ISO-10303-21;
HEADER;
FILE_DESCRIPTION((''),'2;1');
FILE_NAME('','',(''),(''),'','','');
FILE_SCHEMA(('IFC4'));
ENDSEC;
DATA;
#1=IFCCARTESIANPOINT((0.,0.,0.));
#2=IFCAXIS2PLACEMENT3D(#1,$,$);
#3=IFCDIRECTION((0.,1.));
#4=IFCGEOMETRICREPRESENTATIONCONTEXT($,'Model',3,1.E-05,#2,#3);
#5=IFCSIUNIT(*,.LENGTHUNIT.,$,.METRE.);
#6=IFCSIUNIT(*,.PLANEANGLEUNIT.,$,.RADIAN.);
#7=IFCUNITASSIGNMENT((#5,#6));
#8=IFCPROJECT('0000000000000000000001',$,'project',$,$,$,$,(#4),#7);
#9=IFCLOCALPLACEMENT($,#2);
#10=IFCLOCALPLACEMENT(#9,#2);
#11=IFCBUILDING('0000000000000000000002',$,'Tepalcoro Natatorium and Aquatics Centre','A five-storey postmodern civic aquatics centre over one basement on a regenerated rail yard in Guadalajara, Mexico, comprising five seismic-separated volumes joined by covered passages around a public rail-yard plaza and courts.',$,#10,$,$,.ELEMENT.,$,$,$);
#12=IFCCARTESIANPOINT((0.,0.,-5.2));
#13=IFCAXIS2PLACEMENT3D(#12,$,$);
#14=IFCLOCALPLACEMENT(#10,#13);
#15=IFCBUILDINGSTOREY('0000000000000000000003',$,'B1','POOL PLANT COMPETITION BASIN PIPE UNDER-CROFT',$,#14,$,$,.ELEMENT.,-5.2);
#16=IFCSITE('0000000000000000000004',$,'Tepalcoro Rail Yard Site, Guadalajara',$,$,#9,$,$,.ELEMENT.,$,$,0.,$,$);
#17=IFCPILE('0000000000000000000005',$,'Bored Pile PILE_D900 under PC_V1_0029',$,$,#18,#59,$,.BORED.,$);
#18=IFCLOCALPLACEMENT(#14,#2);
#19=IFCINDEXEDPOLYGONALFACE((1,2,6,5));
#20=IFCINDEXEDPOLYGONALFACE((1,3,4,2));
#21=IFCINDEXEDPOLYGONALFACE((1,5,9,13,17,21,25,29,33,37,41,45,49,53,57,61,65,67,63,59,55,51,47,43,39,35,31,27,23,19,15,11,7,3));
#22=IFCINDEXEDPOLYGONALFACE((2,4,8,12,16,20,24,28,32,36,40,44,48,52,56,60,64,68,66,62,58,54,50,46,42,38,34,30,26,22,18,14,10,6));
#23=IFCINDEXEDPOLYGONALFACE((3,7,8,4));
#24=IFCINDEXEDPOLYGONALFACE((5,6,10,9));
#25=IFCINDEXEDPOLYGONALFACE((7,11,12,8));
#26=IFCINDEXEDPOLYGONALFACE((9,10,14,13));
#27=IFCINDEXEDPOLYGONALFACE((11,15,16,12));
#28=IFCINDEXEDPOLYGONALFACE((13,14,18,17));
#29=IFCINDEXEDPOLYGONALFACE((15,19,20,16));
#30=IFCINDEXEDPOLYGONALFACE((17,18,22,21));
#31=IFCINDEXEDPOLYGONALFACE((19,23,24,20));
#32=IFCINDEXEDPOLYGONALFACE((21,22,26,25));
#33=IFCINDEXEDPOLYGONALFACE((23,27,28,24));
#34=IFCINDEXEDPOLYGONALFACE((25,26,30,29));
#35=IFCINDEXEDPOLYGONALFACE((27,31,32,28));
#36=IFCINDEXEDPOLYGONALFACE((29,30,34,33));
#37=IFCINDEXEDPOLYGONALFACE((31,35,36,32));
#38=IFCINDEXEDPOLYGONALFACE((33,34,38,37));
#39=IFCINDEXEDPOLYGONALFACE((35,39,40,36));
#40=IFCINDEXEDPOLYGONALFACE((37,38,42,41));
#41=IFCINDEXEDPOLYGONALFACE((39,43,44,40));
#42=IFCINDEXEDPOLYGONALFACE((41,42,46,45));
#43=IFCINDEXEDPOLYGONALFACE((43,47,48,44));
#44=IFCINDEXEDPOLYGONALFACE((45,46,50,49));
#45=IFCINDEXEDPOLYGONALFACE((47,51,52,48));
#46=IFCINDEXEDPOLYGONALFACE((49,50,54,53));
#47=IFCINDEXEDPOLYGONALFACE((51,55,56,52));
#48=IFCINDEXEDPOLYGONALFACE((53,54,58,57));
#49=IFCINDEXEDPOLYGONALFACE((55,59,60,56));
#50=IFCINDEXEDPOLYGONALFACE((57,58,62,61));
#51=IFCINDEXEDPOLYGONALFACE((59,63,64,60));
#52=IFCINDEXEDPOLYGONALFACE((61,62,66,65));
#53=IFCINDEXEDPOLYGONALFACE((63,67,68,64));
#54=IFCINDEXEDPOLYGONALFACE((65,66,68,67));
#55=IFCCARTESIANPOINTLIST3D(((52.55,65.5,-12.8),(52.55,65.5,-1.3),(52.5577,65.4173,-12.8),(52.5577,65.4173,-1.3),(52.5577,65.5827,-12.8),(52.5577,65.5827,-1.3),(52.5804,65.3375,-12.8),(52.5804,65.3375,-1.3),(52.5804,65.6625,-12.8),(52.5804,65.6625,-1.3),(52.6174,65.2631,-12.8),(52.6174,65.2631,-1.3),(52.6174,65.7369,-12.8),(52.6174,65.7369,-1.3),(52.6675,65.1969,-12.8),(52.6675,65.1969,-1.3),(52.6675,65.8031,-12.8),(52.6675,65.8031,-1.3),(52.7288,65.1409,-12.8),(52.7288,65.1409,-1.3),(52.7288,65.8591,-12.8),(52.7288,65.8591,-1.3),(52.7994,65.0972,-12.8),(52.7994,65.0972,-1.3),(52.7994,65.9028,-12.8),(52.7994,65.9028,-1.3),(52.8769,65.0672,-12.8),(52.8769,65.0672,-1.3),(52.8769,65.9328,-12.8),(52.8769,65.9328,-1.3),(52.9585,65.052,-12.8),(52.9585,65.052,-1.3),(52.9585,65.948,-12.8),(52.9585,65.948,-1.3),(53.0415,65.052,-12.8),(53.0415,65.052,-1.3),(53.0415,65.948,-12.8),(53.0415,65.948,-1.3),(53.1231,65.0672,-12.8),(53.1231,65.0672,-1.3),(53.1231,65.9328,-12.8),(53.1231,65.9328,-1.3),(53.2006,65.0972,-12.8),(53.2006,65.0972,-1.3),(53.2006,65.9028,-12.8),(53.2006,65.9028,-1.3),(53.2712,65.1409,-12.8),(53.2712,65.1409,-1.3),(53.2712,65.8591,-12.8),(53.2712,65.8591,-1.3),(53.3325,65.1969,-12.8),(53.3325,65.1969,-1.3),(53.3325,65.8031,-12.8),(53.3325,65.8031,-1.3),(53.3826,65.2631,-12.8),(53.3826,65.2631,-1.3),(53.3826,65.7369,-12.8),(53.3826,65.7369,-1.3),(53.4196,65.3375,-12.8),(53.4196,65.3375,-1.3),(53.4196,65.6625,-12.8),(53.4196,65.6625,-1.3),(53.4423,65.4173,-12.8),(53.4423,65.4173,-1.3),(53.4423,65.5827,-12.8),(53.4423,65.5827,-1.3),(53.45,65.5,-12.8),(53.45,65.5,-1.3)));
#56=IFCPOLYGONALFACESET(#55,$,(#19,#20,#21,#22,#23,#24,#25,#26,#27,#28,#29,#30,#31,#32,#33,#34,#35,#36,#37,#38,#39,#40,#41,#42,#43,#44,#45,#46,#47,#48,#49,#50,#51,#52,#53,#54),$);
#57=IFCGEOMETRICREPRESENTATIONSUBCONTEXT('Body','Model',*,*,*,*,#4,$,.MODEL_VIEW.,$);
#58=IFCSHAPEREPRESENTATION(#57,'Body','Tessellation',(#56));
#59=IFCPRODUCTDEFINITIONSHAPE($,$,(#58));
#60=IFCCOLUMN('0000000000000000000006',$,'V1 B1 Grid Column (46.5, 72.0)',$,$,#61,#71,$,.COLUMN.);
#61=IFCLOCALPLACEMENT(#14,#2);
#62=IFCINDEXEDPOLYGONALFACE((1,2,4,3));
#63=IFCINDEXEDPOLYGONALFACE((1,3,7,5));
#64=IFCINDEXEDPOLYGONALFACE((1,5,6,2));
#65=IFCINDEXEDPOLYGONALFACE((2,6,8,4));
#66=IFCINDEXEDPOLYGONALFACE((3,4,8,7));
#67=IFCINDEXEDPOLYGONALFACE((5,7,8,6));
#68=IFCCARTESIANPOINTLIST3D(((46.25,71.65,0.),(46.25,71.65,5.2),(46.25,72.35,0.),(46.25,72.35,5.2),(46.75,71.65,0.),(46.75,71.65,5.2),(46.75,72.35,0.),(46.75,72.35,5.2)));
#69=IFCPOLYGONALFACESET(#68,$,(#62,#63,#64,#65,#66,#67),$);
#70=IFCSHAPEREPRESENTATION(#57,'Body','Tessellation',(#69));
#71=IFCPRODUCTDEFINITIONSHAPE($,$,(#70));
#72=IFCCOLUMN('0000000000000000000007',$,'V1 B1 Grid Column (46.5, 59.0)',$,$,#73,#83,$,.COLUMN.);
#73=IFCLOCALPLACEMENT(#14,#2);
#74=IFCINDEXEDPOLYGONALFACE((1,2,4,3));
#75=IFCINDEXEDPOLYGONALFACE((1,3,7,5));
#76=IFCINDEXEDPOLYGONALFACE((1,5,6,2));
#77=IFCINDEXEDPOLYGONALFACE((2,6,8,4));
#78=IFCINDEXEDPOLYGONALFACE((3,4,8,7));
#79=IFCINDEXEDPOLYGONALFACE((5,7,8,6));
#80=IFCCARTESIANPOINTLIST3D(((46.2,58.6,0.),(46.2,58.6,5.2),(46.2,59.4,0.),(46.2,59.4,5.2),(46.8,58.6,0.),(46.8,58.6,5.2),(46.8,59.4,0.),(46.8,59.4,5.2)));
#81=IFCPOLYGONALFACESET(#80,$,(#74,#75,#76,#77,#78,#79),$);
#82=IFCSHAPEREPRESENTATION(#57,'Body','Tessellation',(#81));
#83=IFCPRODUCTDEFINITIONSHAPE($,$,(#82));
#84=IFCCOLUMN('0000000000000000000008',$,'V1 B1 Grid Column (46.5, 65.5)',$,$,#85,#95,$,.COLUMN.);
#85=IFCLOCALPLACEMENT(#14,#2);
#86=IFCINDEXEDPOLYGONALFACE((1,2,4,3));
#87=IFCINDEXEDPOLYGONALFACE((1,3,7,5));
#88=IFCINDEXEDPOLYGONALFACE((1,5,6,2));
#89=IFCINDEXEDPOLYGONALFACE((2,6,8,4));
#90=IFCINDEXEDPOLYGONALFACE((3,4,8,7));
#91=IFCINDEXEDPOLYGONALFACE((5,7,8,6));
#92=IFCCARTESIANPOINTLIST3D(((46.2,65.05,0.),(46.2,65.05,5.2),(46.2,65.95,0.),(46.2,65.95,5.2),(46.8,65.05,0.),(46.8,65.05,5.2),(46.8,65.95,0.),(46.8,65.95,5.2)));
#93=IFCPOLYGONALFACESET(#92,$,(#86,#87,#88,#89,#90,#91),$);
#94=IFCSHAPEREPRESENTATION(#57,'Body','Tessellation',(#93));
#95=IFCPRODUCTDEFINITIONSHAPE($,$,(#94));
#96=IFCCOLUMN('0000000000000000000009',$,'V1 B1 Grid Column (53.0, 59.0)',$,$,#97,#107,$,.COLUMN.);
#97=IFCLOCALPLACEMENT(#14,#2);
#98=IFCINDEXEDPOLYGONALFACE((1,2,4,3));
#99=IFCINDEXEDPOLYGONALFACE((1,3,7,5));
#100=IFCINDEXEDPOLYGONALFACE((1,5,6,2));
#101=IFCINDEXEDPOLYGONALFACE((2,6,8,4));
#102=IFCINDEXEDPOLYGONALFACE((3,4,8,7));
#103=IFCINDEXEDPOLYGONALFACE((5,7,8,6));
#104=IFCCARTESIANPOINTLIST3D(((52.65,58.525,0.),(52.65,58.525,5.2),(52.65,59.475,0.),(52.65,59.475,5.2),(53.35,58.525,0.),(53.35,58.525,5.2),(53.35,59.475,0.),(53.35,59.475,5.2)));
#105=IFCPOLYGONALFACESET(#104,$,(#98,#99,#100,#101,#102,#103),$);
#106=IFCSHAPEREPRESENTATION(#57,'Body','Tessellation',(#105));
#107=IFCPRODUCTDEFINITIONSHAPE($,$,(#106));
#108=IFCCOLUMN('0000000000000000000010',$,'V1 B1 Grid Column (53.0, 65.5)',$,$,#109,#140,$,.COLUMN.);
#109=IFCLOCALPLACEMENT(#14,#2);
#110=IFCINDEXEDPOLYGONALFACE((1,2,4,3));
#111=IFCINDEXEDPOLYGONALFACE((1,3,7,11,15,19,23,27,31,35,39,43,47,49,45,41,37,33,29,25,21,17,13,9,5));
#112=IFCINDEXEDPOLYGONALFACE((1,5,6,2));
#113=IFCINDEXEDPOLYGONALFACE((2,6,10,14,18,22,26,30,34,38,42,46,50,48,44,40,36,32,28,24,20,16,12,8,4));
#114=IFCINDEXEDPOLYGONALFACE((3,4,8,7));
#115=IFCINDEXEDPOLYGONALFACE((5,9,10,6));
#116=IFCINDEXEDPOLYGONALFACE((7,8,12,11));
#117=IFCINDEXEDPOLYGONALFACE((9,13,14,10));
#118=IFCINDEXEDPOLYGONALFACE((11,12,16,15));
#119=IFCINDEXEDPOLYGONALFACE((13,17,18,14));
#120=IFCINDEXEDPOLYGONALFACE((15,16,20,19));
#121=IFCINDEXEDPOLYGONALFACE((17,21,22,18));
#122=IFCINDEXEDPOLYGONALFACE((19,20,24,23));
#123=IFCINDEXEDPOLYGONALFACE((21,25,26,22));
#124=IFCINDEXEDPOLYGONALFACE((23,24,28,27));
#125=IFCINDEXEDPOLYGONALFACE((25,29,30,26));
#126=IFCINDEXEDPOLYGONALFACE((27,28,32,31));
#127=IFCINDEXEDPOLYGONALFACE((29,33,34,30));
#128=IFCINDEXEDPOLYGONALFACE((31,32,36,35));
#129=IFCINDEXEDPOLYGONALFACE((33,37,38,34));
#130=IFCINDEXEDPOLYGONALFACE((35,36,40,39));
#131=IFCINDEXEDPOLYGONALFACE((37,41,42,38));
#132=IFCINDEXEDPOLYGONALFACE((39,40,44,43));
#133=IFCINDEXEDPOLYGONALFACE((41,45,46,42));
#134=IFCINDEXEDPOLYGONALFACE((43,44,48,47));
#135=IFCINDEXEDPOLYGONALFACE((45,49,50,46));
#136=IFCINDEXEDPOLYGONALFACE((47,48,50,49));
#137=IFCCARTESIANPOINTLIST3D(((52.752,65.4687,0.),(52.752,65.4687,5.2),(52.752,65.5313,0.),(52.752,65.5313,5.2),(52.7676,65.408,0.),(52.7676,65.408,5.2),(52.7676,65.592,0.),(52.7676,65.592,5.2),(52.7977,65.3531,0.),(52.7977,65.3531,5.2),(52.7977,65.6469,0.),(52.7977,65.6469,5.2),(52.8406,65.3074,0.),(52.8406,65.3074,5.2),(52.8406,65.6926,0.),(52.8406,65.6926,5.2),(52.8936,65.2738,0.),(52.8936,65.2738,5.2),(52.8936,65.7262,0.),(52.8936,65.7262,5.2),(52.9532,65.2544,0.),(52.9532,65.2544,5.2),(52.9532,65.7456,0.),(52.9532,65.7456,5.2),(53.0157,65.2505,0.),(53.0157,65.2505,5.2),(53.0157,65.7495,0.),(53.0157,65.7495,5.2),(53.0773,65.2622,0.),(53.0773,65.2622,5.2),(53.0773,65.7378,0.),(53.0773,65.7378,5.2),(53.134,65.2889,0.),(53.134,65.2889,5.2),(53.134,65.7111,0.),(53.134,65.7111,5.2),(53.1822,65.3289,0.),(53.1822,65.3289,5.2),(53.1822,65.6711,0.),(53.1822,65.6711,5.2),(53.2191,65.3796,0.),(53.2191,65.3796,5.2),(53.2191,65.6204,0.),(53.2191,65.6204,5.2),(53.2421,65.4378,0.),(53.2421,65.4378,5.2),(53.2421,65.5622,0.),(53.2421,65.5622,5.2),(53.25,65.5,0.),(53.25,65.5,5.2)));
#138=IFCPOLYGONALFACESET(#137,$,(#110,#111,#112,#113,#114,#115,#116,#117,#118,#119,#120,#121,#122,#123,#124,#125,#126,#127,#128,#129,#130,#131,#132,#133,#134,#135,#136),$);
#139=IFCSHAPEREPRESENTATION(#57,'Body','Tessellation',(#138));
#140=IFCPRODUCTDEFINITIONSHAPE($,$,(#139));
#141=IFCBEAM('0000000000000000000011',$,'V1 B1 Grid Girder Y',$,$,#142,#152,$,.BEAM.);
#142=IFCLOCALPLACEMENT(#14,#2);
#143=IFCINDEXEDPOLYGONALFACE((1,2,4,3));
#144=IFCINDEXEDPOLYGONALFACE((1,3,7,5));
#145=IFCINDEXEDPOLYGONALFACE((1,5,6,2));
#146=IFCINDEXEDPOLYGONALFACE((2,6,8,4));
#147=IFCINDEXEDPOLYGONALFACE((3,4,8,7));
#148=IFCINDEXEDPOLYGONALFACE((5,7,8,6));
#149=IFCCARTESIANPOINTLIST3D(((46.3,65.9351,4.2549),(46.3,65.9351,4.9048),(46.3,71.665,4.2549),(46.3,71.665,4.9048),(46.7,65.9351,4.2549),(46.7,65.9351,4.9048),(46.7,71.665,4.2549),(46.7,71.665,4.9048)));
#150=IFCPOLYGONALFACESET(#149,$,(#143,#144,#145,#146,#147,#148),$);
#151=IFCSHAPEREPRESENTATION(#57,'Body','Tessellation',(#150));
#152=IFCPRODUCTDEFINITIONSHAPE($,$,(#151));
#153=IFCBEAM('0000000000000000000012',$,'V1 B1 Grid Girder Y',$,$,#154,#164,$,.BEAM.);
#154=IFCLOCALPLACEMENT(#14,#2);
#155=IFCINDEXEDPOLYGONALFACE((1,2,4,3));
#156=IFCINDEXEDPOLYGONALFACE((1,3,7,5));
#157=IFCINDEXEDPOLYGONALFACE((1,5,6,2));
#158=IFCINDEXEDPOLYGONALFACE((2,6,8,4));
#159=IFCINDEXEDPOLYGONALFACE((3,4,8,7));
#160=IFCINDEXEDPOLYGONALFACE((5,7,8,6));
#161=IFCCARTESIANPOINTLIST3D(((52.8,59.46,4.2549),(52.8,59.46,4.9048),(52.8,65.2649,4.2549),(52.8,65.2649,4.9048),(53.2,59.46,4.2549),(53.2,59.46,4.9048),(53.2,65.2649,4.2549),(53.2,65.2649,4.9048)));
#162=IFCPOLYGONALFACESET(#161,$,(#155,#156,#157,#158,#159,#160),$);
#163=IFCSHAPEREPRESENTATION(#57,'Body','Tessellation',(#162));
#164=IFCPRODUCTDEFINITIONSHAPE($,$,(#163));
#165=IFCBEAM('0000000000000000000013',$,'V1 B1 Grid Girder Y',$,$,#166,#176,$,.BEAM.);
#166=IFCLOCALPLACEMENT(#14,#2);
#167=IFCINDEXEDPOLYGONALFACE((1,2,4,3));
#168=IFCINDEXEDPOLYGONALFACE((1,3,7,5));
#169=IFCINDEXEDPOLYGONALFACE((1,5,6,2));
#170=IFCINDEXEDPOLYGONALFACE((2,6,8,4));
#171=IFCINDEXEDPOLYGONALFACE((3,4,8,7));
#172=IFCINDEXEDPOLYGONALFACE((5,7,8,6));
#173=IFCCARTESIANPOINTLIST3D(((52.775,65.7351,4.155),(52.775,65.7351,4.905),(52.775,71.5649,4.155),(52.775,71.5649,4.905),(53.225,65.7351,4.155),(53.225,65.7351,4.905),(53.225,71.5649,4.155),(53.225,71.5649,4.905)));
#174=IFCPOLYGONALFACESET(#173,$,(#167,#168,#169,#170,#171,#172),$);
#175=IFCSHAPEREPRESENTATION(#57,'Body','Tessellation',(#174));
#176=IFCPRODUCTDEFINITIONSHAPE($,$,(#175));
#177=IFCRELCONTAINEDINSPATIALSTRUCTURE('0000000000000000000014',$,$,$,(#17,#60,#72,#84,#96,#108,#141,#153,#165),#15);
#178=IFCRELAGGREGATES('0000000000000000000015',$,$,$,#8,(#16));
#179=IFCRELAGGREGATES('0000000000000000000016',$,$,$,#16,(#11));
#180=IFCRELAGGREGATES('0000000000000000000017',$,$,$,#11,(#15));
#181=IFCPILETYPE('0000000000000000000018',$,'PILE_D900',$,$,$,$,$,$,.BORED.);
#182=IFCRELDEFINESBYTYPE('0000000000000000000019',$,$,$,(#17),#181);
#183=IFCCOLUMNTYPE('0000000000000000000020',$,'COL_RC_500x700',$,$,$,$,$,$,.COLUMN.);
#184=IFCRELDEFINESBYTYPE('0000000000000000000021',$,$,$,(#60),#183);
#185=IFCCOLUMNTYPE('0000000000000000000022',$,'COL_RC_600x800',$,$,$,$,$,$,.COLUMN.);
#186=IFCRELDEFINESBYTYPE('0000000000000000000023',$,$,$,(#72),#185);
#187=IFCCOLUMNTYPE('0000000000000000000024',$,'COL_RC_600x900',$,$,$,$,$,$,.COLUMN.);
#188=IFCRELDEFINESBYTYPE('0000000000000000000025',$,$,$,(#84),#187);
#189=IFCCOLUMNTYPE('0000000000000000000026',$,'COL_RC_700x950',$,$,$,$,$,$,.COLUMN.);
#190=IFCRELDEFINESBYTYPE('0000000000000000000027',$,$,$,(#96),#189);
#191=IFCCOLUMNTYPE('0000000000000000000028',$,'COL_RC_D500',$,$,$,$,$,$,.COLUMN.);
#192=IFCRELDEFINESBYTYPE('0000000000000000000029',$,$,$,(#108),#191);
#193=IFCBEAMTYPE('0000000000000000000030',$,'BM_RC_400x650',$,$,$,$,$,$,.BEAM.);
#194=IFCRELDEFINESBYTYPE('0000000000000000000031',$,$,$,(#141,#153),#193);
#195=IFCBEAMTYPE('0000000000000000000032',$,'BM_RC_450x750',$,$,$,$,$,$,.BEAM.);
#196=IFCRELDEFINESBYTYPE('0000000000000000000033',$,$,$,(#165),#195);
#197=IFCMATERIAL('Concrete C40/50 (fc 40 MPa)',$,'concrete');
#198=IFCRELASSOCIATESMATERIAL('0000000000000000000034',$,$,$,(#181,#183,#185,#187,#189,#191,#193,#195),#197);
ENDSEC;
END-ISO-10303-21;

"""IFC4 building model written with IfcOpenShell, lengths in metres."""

from ifc_helpers import new_model, si_unit, direction, frame, origin, origin_2d, place, context, subcontext, project, spatial, rectangle, circle, extrude, material, material_profile, profile_set, type_object, element, save


model = new_model("IFC4")

# Units and contexts
model_context = context("Model", 3, precision=1e-05, world=origin(), true_north=direction((0.0, 1.0)))
body_context = subcontext(model_context, "Body", "Model", "MODEL_VIEW")
ifc_project = project(units=[si_unit("LENGTHUNIT", "METRE"), si_unit("PLANEANGLEUNIT", "RADIAN")], contexts=[model_context])

# Site, building, storey
site_placement = place(None, origin())
site = spatial("IfcSite", under=ifc_project, at=site_placement, Name="Tepalcoro Rail Yard Site, Guadalajara", CompositionType="ELEMENT", RefElevation=0.0)
building_placement = place(site_placement, origin())
building = spatial("IfcBuilding", under=site, at=building_placement, Name="Tepalcoro Natatorium and Aquatics Centre", Description="A five-storey postmodern civic aquatics centre over one basement on a regenerated rail yard in Guadalajara, Mexico, comprising five seismic-separated volumes joined by covered passages around a public rail-yard plaza and courts.", CompositionType="ELEMENT")
storey_placement = place(building_placement, frame((0.0, 0.0, -5.2)))
storey = spatial("IfcBuildingStorey", under=building, at=storey_placement, Name="B1", Description="POOL PLANT COMPETITION BASIN PIPE UNDER-CROFT", CompositionType="ELEMENT", Elevation=-5.2)

# Pile
ifc_material_1 = material(Name="Concrete C40/50 (fc 40 MPa)", Category="concrete")
ifc_material_profile_1 = material_profile(ifc_material_1, circle(Radius=0.45, at=origin_2d()), Name="PILE_D900")
ifc_profile_set_1 = profile_set([ifc_material_profile_1], Name="Concrete C40/50 (fc 40 MPa)")
pile_type_1 = type_object("IfcPileType", Name="PILE_D900", PredefinedType="BORED", material=ifc_profile_set_1)
pile_1_placement = place(storey_placement, frame((53.0, 65.5, -1.3), z_axis=(0.0, 0.0, -1.0), x_axis=(1.0, 0.0, 0.0)))
element("IfcPile", 1, at=pile_1_placement, inside=storey, type_object=pile_type_1, Name="Bored Pile PILE_D900 under PC_V1_0029", PredefinedType="BORED", context=body_context, shape_type="SweptSolid", body=[
    extrude(circle(Radius=0.45, at=origin_2d()), origin(), (0.0, 0.0, 1.0), 11.5),
])

# Columns
ifc_material_profile_2 = material_profile(ifc_material_1, rectangle(XDim=0.5, YDim=0.7, at=origin_2d()), Name="RC500x700")
ifc_profile_set_2 = profile_set([ifc_material_profile_2], Name="Concrete C40/50 (fc 40 MPa)")
column_type_1 = type_object("IfcColumnType", Name="COL_RC_500x700", PredefinedType="COLUMN", material=ifc_profile_set_2)
column_1_placement = place(storey_placement, frame((46.5, 72.0, 0.0), z_axis=(0.0, 0.0, 1.0), x_axis=(1.0, 0.0, 0.0)))
element("IfcColumn", 2, at=column_1_placement, inside=storey, type_object=column_type_1, Name="V1 B1 Grid Column (46.5, 72.0)", PredefinedType="COLUMN", context=body_context, shape_type="SweptSolid", body=[
    extrude(rectangle(XDim=0.5, YDim=0.7, at=origin_2d()), origin(), (0.0, 0.0, 1.0), 5.2),
])
ifc_material_profile_3 = material_profile(ifc_material_1, rectangle(XDim=0.6001, YDim=0.8, at=origin_2d()), Name="RC600x800")
ifc_profile_set_3 = profile_set([ifc_material_profile_3], Name="Concrete C40/50 (fc 40 MPa)")
column_type_2 = type_object("IfcColumnType", Name="COL_RC_600x800", PredefinedType="COLUMN", material=ifc_profile_set_3)
column_2_placement = place(storey_placement, frame((46.5, 59.0, 0.0), z_axis=(0.0, 0.0, 1.0), x_axis=(1.0, 0.0, 0.0)))
element("IfcColumn", 3, at=column_2_placement, inside=storey, type_object=column_type_2, Name="V1 B1 Grid Column (46.5, 59.0)", PredefinedType="COLUMN", context=body_context, shape_type="SweptSolid", body=[
    extrude(rectangle(XDim=0.6001, YDim=0.8, at=origin_2d()), origin(), (0.0, 0.0, 1.0), 5.2),
])
ifc_material_profile_4 = material_profile(ifc_material_1, rectangle(XDim=0.6001, YDim=0.8999, at=origin_2d()), Name="RC600x900")
ifc_profile_set_4 = profile_set([ifc_material_profile_4], Name="Concrete C40/50 (fc 40 MPa)")
column_type_3 = type_object("IfcColumnType", Name="COL_RC_600x900", PredefinedType="COLUMN", material=ifc_profile_set_4)
column_3_placement = place(storey_placement, frame((46.5, 65.5, 0.0), z_axis=(0.0, 0.0, 1.0), x_axis=(1.0, 0.0, 0.0)))
element("IfcColumn", 4, at=column_3_placement, inside=storey, type_object=column_type_3, Name="V1 B1 Grid Column (46.5, 65.5)", PredefinedType="COLUMN", context=body_context, shape_type="SweptSolid", body=[
    extrude(rectangle(XDim=0.6001, YDim=0.8999, at=origin_2d()), origin(), (0.0, 0.0, 1.0), 5.2),
])
ifc_material_profile_5 = material_profile(ifc_material_1, rectangle(XDim=0.7, YDim=0.95, at=origin_2d()), Name="RC700x950")
ifc_profile_set_5 = profile_set([ifc_material_profile_5], Name="Concrete C40/50 (fc 40 MPa)")
column_type_4 = type_object("IfcColumnType", Name="COL_RC_700x950", PredefinedType="COLUMN", material=ifc_profile_set_5)
column_4_placement = place(storey_placement, frame((53.0, 59.0, 0.0), z_axis=(0.0, 0.0, 1.0), x_axis=(1.0, 0.0, 0.0)))
element("IfcColumn", 5, at=column_4_placement, inside=storey, type_object=column_type_4, Name="V1 B1 Grid Column (53.0, 59.0)", PredefinedType="COLUMN", context=body_context, shape_type="SweptSolid", body=[
    extrude(rectangle(XDim=0.7, YDim=0.95, at=origin_2d()), origin(), (0.0, 0.0, 1.0), 5.2),
])
ifc_material_profile_6 = material_profile(ifc_material_1, circle(Radius=0.25, at=origin_2d()), Name="RCD500")
ifc_profile_set_6 = profile_set([ifc_material_profile_6], Name="Concrete C40/50 (fc 40 MPa)")
column_type_5 = type_object("IfcColumnType", Name="COL_RC_D500", PredefinedType="COLUMN", material=ifc_profile_set_6)
column_5_placement = place(storey_placement, frame((53.0, 65.5, 0.0), z_axis=(0.0, 0.0, 1.0), x_axis=(1.0, 0.0, 0.0)))
element("IfcColumn", 6, at=column_5_placement, inside=storey, type_object=column_type_5, Name="V1 B1 Grid Column (53.0, 65.5)", PredefinedType="COLUMN", context=body_context, shape_type="SweptSolid", body=[
    extrude(circle(Radius=0.25, at=origin_2d()), origin(), (0.0, 0.0, 1.0), 5.2),
])

# Beams
ifc_material_profile_7 = material_profile(ifc_material_1, rectangle(XDim=0.3999, YDim=0.6499, at=origin_2d()), Name="RCB400x650")
ifc_profile_set_7 = profile_set([ifc_material_profile_7], Name="Concrete C40/50 (fc 40 MPa)")
beam_type_1 = type_object("IfcBeamType", Name="BM_RC_400x650", PredefinedType="BEAM", material=ifc_profile_set_7)
beam_1_placement = place(storey_placement, frame((46.5, 65.9351, 4.5798), z_axis=(0.0, 1.0, 0.0), x_axis=(-1.0, 0.0, 0.0)))
element("IfcBeam", 7, at=beam_1_placement, inside=storey, type_object=beam_type_1, Name="V1 B1 Grid Girder Y", PredefinedType="BEAM", context=body_context, shape_type="SweptSolid", body=[
    extrude(rectangle(XDim=0.3999, YDim=0.6499, at=origin_2d()), origin(), (0.0, 0.0, 1.0), 5.73),
])
beam_2_placement = place(storey_placement, frame((53.0, 59.46, 4.5798), z_axis=(0.0, 1.0, 0.0), x_axis=(-1.0, 0.0, 0.0)))
element("IfcBeam", 8, at=beam_2_placement, inside=storey, type_object=beam_type_1, Name="V1 B1 Grid Girder Y", PredefinedType="BEAM", context=body_context, shape_type="SweptSolid", body=[
    extrude(rectangle(XDim=0.3999, YDim=0.6499, at=origin_2d()), origin(), (0.0, 0.0, 1.0), 5.8049),
])
ifc_material_profile_8 = material_profile(ifc_material_1, rectangle(XDim=0.45, YDim=0.75, at=origin_2d()), Name="RCB450x750")
ifc_profile_set_8 = profile_set([ifc_material_profile_8], Name="Concrete C40/50 (fc 40 MPa)")
beam_type_2 = type_object("IfcBeamType", Name="BM_RC_450x750", PredefinedType="BEAM", material=ifc_profile_set_8)
beam_3_placement = place(storey_placement, frame((53.0, 65.7351, 4.53), z_axis=(0.0, 1.0, 0.0), x_axis=(-1.0, 0.0, 0.0)))
element("IfcBeam", 9, at=beam_3_placement, inside=storey, type_object=beam_type_2, Name="V1 B1 Grid Girder Y", PredefinedType="BEAM", context=body_context, shape_type="SweptSolid", body=[
    extrude(rectangle(XDim=0.45, YDim=0.75, at=origin_2d()), origin(), (0.0, 0.0, 1.0), 5.8298),
])

save(model, "model.ifc")
